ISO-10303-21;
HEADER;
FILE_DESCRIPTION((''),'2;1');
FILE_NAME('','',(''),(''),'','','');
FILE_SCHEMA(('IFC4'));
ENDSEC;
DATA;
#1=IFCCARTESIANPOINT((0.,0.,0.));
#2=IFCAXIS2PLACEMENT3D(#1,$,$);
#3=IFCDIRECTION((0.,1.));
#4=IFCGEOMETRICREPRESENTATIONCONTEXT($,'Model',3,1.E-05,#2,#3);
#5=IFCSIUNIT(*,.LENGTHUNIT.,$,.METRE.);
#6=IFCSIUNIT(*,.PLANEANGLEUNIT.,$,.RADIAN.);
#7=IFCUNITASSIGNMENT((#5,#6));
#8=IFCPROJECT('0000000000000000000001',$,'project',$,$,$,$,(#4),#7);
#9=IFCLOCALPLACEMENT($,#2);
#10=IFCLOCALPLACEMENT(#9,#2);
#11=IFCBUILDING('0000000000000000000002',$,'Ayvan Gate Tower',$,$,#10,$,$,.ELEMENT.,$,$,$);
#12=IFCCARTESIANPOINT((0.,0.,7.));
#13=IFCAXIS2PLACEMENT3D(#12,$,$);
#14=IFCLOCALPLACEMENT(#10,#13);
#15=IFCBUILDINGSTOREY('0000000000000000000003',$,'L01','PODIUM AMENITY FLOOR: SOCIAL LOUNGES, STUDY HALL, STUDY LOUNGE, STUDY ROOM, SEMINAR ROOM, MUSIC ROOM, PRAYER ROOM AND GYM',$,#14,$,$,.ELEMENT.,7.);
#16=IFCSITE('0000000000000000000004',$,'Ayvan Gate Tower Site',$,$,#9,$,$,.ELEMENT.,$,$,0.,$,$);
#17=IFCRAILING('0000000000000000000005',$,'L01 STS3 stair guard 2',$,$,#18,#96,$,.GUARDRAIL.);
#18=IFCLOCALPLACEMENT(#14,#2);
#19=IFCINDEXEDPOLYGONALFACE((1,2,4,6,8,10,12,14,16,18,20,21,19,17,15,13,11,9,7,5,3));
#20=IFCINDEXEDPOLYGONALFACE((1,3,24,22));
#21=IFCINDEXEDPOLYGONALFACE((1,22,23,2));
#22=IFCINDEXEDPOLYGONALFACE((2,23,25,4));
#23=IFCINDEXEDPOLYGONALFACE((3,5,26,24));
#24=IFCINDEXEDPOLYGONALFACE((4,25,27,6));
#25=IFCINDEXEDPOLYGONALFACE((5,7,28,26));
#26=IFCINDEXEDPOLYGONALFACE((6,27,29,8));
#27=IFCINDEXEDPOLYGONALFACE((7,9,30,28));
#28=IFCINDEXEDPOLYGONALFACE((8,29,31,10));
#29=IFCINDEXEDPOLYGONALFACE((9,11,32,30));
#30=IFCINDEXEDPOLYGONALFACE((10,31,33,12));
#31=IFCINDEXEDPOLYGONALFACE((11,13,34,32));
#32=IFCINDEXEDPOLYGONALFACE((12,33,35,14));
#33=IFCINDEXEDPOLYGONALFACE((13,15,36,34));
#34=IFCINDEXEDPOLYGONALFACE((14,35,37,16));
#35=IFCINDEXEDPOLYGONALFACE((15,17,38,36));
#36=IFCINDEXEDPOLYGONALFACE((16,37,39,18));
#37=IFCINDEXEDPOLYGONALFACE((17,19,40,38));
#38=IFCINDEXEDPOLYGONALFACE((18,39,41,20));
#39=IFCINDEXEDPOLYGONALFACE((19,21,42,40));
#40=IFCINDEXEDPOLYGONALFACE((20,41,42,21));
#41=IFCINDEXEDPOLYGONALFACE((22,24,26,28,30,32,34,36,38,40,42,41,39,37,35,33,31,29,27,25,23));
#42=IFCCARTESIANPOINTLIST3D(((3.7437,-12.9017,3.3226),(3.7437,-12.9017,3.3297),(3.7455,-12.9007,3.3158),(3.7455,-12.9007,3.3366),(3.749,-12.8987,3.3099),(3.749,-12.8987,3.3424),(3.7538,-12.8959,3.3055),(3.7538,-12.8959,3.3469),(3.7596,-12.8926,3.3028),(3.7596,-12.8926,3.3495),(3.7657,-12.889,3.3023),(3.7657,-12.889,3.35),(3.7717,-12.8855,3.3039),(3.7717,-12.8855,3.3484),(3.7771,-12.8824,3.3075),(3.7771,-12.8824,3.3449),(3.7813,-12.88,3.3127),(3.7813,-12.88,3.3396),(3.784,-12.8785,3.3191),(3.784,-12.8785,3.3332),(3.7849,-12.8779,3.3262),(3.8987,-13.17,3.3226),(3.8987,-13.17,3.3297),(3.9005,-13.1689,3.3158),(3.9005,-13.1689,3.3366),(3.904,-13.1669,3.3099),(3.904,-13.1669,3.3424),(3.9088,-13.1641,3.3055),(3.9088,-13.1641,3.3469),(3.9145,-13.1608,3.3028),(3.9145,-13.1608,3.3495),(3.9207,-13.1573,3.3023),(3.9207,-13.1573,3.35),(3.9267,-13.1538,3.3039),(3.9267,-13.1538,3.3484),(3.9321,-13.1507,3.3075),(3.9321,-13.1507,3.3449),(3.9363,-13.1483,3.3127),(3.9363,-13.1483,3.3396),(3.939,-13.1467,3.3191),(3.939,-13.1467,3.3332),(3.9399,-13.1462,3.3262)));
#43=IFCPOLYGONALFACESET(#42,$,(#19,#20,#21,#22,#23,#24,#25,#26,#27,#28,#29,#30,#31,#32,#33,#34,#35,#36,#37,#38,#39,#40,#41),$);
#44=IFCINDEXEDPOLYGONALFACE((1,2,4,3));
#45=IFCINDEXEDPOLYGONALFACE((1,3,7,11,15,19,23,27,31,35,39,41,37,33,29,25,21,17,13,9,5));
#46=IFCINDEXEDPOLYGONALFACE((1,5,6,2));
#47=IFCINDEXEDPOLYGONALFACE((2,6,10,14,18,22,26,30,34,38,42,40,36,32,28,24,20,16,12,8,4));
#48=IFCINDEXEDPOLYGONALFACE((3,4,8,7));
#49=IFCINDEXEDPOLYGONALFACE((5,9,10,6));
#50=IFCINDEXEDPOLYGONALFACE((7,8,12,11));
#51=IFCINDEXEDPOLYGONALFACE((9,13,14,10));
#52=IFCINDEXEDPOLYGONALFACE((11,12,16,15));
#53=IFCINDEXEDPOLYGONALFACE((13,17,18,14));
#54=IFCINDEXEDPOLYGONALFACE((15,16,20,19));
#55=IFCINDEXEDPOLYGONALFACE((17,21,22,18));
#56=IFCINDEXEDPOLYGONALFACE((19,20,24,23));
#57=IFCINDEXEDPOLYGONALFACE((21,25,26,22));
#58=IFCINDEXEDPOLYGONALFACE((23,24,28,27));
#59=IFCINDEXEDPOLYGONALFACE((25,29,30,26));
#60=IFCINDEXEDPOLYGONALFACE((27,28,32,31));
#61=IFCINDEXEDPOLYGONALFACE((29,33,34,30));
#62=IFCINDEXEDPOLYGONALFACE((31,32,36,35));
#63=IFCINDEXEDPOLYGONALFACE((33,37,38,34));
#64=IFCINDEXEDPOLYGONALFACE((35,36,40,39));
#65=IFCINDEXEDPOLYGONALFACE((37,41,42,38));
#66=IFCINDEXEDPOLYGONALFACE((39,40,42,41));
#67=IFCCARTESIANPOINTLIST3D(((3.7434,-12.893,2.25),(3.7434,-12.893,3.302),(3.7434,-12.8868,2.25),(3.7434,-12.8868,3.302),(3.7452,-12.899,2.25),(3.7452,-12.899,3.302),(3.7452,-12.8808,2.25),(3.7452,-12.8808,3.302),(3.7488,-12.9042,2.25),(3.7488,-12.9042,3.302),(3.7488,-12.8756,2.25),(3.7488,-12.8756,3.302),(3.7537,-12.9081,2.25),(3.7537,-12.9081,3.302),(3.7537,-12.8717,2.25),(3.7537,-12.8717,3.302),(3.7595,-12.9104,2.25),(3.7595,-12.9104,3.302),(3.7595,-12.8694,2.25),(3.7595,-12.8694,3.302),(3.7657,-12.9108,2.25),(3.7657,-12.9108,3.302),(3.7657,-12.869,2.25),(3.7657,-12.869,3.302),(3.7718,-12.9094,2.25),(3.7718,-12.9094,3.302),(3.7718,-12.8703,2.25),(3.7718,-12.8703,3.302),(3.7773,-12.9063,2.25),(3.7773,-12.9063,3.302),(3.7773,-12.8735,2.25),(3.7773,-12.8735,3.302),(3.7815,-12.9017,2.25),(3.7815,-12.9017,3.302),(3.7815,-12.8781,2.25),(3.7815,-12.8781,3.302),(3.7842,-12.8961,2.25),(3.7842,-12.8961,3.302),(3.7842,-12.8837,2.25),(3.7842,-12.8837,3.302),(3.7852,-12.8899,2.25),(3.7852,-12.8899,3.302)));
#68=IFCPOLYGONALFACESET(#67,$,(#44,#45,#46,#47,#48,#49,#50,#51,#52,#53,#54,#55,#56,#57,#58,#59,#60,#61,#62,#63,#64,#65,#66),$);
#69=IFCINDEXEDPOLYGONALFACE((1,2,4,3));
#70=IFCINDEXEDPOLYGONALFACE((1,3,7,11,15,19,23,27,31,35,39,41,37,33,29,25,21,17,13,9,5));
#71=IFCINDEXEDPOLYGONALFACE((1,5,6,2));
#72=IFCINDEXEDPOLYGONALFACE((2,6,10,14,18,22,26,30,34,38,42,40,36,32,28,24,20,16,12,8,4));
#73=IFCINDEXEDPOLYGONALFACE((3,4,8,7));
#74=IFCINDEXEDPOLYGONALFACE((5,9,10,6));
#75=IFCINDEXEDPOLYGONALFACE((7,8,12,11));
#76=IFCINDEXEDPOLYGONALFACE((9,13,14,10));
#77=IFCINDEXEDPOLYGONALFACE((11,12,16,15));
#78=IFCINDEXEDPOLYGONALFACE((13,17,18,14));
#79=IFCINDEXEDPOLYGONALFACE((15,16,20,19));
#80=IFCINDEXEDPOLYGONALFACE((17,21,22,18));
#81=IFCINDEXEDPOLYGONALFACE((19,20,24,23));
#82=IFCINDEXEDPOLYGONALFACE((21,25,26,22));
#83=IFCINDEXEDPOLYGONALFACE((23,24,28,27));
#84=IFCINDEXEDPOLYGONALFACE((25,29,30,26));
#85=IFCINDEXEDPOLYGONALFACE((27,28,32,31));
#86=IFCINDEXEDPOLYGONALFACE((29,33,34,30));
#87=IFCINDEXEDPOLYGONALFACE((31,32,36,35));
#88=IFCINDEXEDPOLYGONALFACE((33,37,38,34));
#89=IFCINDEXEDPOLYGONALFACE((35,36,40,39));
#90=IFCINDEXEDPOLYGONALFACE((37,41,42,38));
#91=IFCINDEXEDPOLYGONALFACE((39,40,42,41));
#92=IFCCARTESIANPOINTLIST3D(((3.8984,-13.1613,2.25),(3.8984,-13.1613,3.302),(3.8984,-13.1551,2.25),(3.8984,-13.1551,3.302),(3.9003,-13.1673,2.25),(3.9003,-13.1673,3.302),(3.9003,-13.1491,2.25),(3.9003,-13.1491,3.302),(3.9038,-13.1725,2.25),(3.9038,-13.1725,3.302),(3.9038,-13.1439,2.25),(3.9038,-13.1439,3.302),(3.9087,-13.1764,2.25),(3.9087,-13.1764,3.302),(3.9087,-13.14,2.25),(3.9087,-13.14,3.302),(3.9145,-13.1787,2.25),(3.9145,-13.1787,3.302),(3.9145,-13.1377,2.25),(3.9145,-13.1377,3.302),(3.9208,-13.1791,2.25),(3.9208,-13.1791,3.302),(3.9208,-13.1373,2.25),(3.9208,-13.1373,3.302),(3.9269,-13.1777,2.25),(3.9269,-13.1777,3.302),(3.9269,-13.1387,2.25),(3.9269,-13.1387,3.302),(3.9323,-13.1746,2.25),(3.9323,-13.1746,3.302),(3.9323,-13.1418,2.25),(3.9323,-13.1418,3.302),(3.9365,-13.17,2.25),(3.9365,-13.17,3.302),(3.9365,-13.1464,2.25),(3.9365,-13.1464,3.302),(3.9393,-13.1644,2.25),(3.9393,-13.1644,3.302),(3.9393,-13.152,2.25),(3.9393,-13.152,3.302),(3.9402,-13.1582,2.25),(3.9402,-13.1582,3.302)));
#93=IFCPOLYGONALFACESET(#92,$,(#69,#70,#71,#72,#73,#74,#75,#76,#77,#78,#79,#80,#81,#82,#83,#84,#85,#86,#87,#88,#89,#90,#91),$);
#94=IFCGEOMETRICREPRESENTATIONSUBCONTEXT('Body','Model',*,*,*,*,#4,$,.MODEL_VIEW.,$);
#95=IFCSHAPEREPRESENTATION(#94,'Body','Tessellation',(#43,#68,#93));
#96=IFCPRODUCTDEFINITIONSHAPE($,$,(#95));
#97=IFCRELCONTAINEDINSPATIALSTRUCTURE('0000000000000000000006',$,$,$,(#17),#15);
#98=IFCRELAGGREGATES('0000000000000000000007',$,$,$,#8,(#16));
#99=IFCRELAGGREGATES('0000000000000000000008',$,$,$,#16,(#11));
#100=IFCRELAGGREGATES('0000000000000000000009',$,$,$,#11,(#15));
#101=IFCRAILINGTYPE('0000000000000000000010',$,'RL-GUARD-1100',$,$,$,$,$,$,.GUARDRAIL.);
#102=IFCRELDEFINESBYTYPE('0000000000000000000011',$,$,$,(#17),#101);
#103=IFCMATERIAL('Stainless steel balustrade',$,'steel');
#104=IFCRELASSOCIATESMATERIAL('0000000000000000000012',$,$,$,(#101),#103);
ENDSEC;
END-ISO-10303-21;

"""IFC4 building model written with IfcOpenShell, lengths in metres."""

from ifc_helpers import new_model, si_unit, direction, frame, origin, origin_2d, place, context, subcontext, project, spatial, circle, extrude, material, type_object, element, save


model = new_model("IFC4")

# Units and contexts
model_context = context("Model", 3, precision=1e-05, world=origin(), true_north=direction((0.0, 1.0)))
body_context = subcontext(model_context, "Body", "Model", "MODEL_VIEW")
ifc_project = project(units=[si_unit("LENGTHUNIT", "METRE"), si_unit("PLANEANGLEUNIT", "RADIAN")], contexts=[model_context])

# Site, building, storey
site_placement = place(None, origin())
site = spatial("IfcSite", under=ifc_project, at=site_placement, Name="Ayvan Gate Tower Site", CompositionType="ELEMENT", RefElevation=0.0)
building_placement = place(site_placement, origin())
building = spatial("IfcBuilding", under=site, at=building_placement, Name="Ayvan Gate Tower", CompositionType="ELEMENT")
storey_placement = place(building_placement, frame((0.0, 0.0, 7.0)))
storey = spatial("IfcBuildingStorey", under=building, at=storey_placement, Name="L01", Description="PODIUM AMENITY FLOOR: SOCIAL LOUNGES, STUDY HALL, STUDY LOUNGE, STUDY ROOM, SEMINAR ROOM, MUSIC ROOM, PRAYER ROOM AND GYM", CompositionType="ELEMENT", Elevation=7.0)

# Railing
ifc_material_1 = material(Name="Stainless steel balustrade", Category="steel")
railing_type_1 = type_object("IfcRailingType", Name="RL-GUARD-1100", PredefinedType="GUARDRAIL", material=ifc_material_1)
railing_1_placement = place(storey_placement, frame((3.7642, -12.8899, 2.25)))
element("IfcRailing", 1, at=railing_1_placement, inside=storey, type_object=railing_type_1, Name="L01 STS3 stair guard 2", PredefinedType="GUARDRAIL", context=body_context, shape_type="SweptSolid", body=[
    extrude(circle(Radius=0.0239, at=origin_2d()), frame((0.0, 0.0, 1.0762), z_axis=(0.500291, -0.865857, 0.0), x_axis=(0.865857, 0.500291, 0.0)), (0.0, 0.0, 1.0), 0.3098),
    extrude(circle(Radius=0.021, at=origin_2d()), origin(), (0.0, 0.0, 1.0), 1.052),
    extrude(circle(Radius=0.021, at=origin_2d()), frame((0.155, -0.2683, 0.0)), (0.0, 0.0, 1.0), 1.052),
])

save(model, "model.ifc")
